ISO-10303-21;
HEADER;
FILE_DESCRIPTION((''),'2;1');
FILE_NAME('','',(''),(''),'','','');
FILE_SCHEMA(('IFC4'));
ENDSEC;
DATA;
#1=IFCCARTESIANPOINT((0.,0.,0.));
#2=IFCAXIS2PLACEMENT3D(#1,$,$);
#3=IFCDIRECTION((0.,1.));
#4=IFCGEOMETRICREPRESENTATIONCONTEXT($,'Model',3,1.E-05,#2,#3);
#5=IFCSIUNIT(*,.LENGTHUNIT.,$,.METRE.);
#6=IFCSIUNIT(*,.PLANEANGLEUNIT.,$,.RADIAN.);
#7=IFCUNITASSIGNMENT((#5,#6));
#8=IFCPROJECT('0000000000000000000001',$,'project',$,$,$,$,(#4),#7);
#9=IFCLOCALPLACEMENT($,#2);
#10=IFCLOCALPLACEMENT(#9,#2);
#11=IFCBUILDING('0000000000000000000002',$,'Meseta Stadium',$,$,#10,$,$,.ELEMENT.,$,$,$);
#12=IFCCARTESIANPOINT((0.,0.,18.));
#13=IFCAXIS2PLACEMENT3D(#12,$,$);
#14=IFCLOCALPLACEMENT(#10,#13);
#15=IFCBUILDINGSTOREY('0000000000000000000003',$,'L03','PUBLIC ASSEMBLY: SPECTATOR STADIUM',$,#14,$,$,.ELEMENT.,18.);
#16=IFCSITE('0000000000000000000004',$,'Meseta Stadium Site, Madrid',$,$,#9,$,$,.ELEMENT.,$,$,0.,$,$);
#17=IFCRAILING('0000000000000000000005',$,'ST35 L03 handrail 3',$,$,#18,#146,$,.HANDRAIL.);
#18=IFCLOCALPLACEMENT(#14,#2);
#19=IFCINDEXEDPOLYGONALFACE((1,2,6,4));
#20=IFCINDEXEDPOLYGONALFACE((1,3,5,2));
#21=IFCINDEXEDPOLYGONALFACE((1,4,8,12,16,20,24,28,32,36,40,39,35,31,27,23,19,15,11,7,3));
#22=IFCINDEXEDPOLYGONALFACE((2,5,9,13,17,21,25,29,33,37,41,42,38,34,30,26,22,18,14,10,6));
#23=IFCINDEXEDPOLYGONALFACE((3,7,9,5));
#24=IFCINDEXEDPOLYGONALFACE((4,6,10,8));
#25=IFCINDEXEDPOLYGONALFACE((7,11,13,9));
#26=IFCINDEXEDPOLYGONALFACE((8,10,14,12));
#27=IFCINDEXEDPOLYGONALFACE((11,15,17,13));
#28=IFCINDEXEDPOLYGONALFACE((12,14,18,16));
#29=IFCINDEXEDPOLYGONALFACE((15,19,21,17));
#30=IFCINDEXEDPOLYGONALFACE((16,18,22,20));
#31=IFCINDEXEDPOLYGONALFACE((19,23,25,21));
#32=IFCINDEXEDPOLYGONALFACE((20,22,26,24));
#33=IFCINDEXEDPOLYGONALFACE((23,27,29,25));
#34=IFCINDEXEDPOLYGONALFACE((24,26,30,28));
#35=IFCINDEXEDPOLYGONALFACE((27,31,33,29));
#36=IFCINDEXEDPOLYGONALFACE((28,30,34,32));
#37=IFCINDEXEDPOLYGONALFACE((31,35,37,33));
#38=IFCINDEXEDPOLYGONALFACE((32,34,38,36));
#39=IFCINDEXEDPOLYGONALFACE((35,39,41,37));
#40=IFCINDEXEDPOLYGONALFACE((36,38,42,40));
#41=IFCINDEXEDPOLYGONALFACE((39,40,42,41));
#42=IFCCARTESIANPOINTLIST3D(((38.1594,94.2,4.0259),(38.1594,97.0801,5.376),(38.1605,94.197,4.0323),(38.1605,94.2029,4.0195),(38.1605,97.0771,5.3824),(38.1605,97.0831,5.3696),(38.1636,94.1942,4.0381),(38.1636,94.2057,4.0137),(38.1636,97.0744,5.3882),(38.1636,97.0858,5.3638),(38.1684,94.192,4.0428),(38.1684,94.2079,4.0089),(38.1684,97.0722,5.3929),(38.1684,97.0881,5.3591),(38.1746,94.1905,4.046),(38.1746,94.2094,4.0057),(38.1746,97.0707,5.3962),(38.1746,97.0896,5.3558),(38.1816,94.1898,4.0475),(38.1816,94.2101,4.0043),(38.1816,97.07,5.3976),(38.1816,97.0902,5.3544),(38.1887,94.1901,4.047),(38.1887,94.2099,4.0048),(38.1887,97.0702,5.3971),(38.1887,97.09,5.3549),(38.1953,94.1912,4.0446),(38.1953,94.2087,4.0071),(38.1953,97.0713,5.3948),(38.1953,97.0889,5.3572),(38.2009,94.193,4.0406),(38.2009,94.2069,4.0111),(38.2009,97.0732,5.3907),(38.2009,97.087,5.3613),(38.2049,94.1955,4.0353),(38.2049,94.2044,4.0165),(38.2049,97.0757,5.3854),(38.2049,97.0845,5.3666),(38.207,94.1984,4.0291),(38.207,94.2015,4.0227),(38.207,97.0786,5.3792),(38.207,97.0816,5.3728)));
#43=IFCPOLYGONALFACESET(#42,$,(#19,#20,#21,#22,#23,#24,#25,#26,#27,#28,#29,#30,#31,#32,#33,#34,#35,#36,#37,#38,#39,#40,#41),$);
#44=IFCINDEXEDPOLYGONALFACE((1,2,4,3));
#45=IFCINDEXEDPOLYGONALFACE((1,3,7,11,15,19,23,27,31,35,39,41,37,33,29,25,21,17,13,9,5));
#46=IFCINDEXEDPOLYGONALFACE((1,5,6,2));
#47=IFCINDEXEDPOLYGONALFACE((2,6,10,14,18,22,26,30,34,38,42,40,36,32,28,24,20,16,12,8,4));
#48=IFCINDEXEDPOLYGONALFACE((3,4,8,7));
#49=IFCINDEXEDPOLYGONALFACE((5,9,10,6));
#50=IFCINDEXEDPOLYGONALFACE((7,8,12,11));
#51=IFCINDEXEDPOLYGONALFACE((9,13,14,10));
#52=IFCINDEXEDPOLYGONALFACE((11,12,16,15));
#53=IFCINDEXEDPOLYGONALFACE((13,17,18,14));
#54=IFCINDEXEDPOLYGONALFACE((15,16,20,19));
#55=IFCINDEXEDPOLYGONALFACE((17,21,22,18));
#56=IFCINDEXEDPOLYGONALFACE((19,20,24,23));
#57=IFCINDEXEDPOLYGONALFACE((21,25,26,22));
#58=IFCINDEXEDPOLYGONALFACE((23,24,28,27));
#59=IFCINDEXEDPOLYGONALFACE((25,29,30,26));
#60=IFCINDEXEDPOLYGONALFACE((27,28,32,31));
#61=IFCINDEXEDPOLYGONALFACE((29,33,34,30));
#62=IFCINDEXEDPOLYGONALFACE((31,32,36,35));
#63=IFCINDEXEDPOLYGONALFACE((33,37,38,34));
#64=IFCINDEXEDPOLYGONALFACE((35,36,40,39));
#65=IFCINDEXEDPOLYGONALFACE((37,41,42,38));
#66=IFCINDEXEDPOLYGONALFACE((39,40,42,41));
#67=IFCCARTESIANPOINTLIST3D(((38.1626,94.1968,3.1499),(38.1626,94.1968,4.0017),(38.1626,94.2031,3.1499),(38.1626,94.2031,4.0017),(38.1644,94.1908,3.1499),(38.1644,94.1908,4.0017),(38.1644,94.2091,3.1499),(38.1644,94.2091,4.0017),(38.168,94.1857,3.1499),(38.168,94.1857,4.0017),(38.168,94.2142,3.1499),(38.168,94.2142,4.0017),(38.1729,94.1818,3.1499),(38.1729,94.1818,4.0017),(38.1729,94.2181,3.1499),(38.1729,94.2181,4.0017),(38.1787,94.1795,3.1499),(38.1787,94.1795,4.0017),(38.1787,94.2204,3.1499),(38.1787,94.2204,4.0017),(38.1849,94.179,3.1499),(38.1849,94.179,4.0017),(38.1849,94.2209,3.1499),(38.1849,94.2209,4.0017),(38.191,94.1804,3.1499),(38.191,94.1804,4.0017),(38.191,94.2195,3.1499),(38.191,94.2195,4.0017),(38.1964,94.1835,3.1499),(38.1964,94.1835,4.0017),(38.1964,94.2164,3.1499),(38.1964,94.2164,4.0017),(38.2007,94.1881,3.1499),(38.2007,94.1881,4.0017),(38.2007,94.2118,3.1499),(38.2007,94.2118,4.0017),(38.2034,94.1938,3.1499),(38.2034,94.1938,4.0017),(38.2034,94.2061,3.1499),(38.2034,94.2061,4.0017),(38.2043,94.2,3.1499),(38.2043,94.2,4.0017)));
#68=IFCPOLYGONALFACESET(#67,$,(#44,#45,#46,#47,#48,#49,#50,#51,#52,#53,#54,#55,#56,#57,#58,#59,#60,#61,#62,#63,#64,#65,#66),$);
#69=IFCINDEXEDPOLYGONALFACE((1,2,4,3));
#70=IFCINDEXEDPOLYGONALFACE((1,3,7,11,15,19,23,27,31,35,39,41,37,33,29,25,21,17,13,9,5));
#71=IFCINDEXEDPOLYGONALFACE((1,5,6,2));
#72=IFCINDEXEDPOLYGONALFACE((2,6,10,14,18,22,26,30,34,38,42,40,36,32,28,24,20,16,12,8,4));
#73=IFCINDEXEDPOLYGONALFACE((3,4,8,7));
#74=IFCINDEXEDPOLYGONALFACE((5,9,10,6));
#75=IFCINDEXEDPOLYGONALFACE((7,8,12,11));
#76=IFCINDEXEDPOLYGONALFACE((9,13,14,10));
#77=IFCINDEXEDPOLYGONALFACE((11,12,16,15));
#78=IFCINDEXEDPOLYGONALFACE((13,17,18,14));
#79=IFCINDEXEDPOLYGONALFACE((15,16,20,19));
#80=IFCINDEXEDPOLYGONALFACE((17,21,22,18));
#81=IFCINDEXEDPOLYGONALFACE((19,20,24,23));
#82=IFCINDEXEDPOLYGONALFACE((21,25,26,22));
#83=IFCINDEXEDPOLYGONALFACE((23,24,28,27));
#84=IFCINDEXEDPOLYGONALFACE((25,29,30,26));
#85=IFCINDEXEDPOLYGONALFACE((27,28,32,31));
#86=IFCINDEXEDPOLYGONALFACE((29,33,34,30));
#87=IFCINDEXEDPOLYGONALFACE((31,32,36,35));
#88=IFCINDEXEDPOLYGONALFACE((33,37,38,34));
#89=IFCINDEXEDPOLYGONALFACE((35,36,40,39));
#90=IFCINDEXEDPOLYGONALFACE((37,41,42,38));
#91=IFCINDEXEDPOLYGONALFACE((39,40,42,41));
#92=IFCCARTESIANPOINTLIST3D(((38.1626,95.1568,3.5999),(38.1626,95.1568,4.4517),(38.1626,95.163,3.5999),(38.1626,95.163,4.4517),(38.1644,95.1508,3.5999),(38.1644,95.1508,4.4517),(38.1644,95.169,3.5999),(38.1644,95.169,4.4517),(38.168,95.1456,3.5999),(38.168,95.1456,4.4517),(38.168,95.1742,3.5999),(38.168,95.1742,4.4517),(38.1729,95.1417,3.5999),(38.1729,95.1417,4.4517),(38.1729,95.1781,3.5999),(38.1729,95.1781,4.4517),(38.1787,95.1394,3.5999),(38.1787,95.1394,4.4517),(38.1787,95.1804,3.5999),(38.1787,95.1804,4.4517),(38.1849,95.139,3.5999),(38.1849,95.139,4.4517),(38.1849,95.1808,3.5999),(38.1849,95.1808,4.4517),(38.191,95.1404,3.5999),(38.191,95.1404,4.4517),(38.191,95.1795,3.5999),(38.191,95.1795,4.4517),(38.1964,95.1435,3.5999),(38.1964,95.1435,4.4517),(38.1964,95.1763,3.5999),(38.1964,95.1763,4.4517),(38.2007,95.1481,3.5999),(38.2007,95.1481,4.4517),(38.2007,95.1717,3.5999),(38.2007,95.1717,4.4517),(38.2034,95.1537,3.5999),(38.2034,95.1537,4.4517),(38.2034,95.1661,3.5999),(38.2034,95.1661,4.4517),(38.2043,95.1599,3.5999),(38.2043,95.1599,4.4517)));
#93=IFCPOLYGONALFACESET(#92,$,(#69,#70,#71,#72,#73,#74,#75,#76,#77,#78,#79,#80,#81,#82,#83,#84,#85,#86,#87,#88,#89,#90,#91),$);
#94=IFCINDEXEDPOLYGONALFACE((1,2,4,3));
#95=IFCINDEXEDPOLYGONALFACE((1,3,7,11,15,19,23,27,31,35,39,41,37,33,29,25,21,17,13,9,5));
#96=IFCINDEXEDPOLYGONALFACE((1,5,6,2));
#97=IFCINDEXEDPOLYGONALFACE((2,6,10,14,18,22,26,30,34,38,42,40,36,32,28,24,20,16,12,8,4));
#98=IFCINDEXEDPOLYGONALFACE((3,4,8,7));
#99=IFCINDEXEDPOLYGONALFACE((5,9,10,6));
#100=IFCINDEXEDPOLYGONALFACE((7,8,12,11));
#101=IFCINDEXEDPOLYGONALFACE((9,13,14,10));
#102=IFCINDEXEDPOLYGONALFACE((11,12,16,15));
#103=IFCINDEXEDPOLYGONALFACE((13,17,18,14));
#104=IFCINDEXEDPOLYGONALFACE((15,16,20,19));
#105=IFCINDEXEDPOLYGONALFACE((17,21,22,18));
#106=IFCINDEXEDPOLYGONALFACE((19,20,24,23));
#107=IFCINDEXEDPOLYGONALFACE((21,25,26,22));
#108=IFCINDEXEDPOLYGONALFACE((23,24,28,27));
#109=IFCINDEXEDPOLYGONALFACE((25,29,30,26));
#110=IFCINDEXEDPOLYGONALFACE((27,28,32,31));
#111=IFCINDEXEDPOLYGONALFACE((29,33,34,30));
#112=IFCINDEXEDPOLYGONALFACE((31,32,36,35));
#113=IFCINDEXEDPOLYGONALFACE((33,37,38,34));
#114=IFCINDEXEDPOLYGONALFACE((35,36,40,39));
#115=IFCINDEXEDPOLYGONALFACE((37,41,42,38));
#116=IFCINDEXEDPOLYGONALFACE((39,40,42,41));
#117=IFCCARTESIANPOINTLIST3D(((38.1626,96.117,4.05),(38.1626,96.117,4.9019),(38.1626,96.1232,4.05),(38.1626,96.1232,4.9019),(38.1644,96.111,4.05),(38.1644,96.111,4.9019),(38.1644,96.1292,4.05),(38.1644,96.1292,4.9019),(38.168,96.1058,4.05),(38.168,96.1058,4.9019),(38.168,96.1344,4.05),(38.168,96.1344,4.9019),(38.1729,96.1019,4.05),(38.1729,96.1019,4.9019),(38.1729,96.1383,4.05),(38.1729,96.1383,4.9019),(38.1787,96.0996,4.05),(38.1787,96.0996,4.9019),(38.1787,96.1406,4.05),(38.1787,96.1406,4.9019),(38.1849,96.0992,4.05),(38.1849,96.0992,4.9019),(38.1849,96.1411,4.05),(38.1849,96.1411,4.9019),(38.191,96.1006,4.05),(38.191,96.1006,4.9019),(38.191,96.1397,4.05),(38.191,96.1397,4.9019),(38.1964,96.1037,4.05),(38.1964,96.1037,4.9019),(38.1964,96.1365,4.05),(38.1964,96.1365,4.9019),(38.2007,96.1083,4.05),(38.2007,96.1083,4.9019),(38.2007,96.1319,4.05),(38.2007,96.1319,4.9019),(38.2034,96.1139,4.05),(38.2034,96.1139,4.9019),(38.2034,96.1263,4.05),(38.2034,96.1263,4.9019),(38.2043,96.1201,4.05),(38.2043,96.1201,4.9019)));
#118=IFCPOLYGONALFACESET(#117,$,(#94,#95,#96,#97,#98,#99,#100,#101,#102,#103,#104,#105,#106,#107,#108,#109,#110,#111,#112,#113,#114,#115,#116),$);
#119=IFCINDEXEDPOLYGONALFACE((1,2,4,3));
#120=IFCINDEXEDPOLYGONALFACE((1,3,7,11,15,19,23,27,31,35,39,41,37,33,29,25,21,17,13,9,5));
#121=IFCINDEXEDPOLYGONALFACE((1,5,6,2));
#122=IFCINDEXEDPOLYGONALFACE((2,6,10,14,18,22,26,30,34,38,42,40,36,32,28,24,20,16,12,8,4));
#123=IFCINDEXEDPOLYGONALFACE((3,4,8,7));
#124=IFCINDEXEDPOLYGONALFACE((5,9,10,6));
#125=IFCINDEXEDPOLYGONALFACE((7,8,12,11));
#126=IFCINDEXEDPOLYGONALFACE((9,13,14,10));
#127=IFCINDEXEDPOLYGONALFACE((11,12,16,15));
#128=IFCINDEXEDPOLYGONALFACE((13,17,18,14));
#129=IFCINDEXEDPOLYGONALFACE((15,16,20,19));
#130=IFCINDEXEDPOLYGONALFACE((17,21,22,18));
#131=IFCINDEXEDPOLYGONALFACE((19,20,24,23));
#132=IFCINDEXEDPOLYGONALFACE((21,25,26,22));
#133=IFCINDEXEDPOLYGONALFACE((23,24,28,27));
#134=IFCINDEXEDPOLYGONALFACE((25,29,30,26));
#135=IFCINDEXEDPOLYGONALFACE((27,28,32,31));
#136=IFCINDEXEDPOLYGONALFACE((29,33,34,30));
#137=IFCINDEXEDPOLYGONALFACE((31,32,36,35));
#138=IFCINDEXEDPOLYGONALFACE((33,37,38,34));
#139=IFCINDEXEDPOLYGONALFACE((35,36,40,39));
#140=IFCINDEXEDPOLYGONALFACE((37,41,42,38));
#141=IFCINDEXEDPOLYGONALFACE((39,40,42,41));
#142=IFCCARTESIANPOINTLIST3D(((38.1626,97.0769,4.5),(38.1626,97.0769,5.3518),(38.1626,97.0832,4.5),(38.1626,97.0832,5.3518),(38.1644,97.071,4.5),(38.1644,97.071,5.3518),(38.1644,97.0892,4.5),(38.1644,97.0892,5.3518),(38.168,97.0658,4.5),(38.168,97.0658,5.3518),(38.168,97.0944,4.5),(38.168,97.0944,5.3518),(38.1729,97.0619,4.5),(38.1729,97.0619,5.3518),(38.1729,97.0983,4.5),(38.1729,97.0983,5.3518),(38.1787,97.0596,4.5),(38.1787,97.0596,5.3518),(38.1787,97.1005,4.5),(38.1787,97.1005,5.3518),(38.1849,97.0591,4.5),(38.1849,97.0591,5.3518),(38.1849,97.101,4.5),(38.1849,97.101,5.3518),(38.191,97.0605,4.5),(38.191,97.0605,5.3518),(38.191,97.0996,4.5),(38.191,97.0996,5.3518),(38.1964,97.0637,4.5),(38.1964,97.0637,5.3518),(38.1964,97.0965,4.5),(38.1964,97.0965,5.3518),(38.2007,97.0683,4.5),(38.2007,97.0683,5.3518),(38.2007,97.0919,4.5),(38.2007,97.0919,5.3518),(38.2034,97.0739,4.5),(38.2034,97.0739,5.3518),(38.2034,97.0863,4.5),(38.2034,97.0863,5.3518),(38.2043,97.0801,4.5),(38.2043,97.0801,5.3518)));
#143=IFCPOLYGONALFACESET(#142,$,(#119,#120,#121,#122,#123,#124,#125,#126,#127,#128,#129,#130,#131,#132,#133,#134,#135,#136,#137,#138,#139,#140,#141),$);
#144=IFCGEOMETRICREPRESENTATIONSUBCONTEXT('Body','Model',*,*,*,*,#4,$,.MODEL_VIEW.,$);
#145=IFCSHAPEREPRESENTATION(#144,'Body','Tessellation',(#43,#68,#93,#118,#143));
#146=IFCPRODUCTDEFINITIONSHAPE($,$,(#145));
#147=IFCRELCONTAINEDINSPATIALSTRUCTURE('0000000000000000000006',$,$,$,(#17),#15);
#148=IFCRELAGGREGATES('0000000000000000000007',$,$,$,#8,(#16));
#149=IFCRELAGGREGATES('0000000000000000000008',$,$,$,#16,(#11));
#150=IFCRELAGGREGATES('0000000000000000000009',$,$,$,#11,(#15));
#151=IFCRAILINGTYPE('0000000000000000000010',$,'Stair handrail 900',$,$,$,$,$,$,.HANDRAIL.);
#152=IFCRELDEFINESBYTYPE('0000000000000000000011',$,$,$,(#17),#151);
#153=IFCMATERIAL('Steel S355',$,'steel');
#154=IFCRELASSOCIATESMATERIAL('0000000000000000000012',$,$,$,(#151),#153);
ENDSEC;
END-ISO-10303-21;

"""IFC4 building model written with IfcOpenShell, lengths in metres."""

from ifc_helpers import new_model, si_unit, direction, frame, origin, origin_2d, place, context, subcontext, project, spatial, circle, extrude, material, type_object, element, save


model = new_model("IFC4")

# Units and contexts
model_context = context("Model", 3, precision=1e-05, world=origin(), true_north=direction((0.0, 1.0)))
body_context = subcontext(model_context, "Body", "Model", "MODEL_VIEW")
ifc_project = project(units=[si_unit("LENGTHUNIT", "METRE"), si_unit("PLANEANGLEUNIT", "RADIAN")], contexts=[model_context])

# Site, building, storey
site_placement = place(None, origin())
site = spatial("IfcSite", under=ifc_project, at=site_placement, Name="Meseta Stadium Site, Madrid", CompositionType="ELEMENT", RefElevation=0.0)
building_placement = place(site_placement, origin())
building = spatial("IfcBuilding", under=site, at=building_placement, Name="Meseta Stadium", CompositionType="ELEMENT")
storey_placement = place(building_placement, frame((0.0, 0.0, 18.0)))
storey = spatial("IfcBuildingStorey", under=building, at=storey_placement, Name="L03", Description="PUBLIC ASSEMBLY: SPECTATOR STADIUM", CompositionType="ELEMENT", Elevation=18.0)

# Railing
ifc_material_1 = material(Name="Steel S355", Category="steel")
railing_type_1 = type_object("IfcRailingType", Name="Stair handrail 900", PredefinedType="HANDRAIL", material=ifc_material_1)
railing_1_placement = place(storey_placement, frame((38.1833, 94.2, 3.1499)))
element("IfcRailing", 1, at=railing_1_placement, inside=storey, type_object=railing_type_1, Name="ST35 L03 handrail 3", PredefinedType="HANDRAIL", context=body_context, shape_type="SweptSolid", body=[
    extrude(circle(Radius=0.0239, at=origin_2d()), frame((0.0, 0.0, 0.876), z_axis=(0.0, 0.905454, 0.424444), x_axis=(-1.0, 0.0, 0.0)), (0.0, 0.0, 1.0), 3.1809),
    extrude(circle(Radius=0.021, at=origin_2d()), origin(), (0.0, 0.0, 1.0), 0.8518),
    extrude(circle(Radius=0.021, at=origin_2d()), frame((0.0, 0.96, 0.45)), (0.0, 0.0, 1.0), 0.8518),
    extrude(circle(Radius=0.021, at=origin_2d()), frame((0.0, 1.9202, 0.9001)), (0.0, 0.0, 1.0), 0.8518),
    extrude(circle(Radius=0.021, at=origin_2d()), frame((0.0, 2.8801, 1.3501)), (0.0, 0.0, 1.0), 0.8518),
])

save(model, "model.ifc")
